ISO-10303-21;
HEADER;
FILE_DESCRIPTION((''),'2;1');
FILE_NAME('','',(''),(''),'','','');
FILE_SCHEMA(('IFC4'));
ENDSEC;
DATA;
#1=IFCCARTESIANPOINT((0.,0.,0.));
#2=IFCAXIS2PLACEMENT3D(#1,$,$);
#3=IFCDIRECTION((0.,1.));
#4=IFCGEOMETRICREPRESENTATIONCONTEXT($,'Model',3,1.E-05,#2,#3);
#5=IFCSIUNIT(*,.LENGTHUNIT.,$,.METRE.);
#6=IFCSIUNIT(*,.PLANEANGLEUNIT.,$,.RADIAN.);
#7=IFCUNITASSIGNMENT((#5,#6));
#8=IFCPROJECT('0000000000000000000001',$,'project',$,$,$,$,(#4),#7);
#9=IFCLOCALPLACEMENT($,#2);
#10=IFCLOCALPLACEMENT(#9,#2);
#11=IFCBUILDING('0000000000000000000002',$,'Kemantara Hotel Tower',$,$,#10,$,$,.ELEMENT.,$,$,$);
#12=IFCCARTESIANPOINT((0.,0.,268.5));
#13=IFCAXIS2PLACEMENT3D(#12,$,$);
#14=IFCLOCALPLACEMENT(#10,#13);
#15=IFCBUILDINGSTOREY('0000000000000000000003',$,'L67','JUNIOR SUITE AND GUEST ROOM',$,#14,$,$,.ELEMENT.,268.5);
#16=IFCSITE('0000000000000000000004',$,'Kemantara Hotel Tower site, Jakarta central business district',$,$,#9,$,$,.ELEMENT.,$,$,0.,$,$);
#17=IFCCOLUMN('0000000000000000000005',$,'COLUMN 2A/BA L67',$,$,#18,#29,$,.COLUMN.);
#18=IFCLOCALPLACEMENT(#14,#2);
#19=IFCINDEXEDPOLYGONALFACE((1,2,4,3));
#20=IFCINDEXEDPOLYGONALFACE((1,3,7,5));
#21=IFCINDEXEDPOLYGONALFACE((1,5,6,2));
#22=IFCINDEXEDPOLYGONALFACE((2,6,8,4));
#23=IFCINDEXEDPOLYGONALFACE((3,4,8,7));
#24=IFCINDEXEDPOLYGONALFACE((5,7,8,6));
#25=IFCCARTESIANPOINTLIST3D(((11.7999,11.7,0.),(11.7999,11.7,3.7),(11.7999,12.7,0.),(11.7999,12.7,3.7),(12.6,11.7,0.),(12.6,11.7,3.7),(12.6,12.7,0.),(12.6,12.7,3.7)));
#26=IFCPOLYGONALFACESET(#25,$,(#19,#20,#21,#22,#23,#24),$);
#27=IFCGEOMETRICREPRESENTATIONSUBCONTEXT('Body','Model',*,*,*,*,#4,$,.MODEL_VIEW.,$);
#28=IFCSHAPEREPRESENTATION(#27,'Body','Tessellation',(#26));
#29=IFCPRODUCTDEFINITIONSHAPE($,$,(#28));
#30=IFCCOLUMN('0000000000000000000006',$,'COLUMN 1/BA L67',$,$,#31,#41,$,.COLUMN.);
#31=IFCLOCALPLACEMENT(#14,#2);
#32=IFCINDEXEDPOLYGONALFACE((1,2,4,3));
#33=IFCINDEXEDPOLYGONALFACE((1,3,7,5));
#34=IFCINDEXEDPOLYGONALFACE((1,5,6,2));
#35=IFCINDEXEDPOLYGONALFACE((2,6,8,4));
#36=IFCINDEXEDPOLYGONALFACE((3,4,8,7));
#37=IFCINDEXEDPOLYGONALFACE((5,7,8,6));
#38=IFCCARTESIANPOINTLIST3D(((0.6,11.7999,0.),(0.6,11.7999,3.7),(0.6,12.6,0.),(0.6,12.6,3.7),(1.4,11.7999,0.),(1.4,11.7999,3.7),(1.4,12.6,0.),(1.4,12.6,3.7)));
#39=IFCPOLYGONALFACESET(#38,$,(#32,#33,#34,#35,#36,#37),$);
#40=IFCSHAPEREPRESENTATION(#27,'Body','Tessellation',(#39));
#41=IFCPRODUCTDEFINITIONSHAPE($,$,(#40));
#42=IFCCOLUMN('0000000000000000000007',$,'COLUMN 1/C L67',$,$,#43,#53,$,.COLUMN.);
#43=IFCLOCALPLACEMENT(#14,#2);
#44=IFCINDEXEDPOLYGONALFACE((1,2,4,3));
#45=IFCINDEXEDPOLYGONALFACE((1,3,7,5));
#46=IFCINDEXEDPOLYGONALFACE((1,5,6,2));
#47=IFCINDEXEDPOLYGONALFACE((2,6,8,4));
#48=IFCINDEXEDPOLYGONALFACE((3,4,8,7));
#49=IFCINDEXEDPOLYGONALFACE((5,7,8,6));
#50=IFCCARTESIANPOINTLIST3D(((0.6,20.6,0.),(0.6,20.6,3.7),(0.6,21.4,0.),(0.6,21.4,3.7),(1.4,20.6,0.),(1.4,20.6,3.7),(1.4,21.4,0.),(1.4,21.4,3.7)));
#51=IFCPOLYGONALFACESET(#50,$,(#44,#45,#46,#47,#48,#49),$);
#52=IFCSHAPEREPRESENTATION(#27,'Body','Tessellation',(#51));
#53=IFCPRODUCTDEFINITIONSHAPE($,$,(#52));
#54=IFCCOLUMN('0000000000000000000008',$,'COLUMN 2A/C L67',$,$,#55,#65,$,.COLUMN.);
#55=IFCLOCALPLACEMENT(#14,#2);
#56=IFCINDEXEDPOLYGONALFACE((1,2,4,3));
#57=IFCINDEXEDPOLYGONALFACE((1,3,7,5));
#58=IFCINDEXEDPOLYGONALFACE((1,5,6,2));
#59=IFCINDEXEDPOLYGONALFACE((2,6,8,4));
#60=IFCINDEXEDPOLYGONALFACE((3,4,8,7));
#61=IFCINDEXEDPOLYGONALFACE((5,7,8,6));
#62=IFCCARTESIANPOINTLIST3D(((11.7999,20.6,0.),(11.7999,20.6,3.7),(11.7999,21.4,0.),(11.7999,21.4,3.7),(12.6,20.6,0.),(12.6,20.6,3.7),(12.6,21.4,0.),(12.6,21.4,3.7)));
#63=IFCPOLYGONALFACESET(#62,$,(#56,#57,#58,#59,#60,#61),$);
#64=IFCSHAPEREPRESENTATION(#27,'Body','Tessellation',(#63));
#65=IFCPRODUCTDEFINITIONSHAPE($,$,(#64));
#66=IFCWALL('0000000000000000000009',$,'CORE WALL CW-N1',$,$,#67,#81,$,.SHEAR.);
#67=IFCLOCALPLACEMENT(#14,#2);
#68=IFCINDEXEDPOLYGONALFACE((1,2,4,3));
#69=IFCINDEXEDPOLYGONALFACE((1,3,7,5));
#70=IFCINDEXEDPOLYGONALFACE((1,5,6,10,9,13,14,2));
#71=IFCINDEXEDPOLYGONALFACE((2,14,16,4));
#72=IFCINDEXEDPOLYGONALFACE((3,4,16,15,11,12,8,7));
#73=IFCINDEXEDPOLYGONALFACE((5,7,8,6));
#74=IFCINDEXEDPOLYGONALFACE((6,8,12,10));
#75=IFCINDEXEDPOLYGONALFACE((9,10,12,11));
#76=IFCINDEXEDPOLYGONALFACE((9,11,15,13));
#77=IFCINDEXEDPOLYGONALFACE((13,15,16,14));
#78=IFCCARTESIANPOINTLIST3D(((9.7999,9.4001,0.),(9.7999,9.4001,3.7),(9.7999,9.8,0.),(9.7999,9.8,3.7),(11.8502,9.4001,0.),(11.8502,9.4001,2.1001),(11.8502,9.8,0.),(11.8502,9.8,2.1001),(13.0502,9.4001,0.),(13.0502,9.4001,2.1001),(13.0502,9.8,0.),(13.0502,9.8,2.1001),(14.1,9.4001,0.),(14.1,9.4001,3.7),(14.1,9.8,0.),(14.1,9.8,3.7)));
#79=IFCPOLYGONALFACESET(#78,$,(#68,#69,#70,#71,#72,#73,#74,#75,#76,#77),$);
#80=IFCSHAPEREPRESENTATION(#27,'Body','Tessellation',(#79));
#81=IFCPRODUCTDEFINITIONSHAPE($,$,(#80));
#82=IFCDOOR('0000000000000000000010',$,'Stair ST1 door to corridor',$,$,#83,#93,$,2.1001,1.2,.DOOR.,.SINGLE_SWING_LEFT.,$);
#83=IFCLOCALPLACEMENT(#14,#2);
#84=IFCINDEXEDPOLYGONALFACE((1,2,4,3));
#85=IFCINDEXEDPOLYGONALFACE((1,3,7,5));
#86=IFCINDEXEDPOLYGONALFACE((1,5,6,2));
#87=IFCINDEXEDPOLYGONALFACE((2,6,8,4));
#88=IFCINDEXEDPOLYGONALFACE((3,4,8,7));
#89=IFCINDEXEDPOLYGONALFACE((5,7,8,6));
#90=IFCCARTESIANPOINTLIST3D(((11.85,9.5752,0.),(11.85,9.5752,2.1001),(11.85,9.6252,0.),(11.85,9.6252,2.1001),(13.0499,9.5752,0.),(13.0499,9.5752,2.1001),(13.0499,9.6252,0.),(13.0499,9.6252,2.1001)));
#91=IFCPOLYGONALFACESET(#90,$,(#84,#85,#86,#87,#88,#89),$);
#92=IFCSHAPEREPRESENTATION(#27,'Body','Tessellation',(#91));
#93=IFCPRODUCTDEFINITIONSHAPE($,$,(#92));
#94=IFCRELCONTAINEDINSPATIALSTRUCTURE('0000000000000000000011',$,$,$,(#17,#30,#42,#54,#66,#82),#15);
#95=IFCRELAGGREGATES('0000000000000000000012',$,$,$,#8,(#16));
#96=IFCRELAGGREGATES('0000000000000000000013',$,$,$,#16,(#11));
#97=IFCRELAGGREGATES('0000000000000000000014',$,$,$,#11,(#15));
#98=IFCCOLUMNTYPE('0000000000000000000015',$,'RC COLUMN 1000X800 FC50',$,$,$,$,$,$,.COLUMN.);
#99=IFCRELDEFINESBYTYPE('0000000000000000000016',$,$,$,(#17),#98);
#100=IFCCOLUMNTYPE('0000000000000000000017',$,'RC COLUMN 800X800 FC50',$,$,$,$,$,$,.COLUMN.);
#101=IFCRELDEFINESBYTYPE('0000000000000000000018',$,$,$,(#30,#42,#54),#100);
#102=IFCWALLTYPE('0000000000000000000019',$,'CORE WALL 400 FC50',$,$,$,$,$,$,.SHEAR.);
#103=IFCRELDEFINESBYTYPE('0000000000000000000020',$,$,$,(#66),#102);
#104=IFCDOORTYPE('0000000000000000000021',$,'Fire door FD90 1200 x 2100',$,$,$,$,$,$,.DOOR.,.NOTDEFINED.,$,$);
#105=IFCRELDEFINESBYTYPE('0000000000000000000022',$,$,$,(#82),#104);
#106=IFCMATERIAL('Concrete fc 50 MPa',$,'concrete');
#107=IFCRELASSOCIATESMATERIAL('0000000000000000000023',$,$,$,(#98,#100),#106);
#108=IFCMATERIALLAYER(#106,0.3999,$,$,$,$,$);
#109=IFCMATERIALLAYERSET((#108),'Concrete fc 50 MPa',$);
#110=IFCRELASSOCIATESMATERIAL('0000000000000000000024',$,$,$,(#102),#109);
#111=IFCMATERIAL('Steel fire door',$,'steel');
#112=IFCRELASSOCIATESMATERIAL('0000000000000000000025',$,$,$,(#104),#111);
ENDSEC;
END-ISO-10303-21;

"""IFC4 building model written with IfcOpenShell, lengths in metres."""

from ifc_helpers import new_model, si_unit, direction, frame, frame_2d, origin, origin_2d, place, context, subcontext, project, spatial, rectangle, extrude, material, layer, layer_set, material_profile, profile_set, type_object, element, fill, save


model = new_model("IFC4")

# Units and contexts
model_context = context("Model", 3, precision=1e-05, world=origin(), true_north=direction((0.0, 1.0)))
body_context = subcontext(model_context, "Body", "Model", "MODEL_VIEW")
ifc_project = project(units=[si_unit("LENGTHUNIT", "METRE"), si_unit("PLANEANGLEUNIT", "RADIAN")], contexts=[model_context])

# Site, building, storey
site_placement = place(None, origin())
site = spatial("IfcSite", under=ifc_project, at=site_placement, Name="Kemantara Hotel Tower site, Jakarta central business district", CompositionType="ELEMENT", RefElevation=0.0)
building_placement = place(site_placement, origin())
building = spatial("IfcBuilding", under=site, at=building_placement, Name="Kemantara Hotel Tower", CompositionType="ELEMENT")
storey_placement = place(building_placement, frame((0.0, 0.0, 268.5)))
storey = spatial("IfcBuildingStorey", under=building, at=storey_placement, Name="L67", Description="JUNIOR SUITE AND GUEST ROOM", CompositionType="ELEMENT", Elevation=268.5)

# Columns
ifc_material_1 = material(Name="Concrete fc 50 MPa", Category="concrete")
ifc_material_profile_1 = material_profile(ifc_material_1, rectangle(XDim=1.0, YDim=0.8, at=origin_2d()), Name="RC 1000X800")
ifc_profile_set_1 = profile_set([ifc_material_profile_1], Name="Concrete fc 50 MPa")
column_type_1 = type_object("IfcColumnType", Name="RC COLUMN 1000X800 FC50", PredefinedType="COLUMN", material=ifc_profile_set_1)
column_placement = place(storey_placement, frame((12.2, 12.2, 0.0), z_axis=(0.0, 0.0, 1.0), x_axis=(0.0, 1.0, 0.0)))
element("IfcColumn", 1, at=column_placement, inside=storey, type_object=column_type_1, Name="COLUMN 2A/BA L67", PredefinedType="COLUMN", context=body_context, shape_type="SweptSolid", body=[
    extrude(rectangle(XDim=1.0, YDim=0.8, at=origin_2d()), origin(), (0.0, 0.0, 1.0), 3.7),
])
ifc_material_profile_2 = material_profile(ifc_material_1, rectangle(XDim=0.8, YDim=0.8, at=origin_2d()), Name="RC 800X800")
ifc_profile_set_2 = profile_set([ifc_material_profile_2], Name="Concrete fc 50 MPa")
column_type_2 = type_object("IfcColumnType", Name="RC COLUMN 800X800 FC50", PredefinedType="COLUMN", material=ifc_profile_set_2)
for number, where, z_axis, x_axis, name in (
    (2, (1.0, 12.2, 0.0), (0.0, 0.0, 1.0), (1.0, 0.0, 0.0), "COLUMN 1/BA L67"),
    (3, (1.0, 21.0, 0.0), (0.0, 0.0, 1.0), (1.0, 0.0, 0.0), "COLUMN 1/C L67"),
    (4, (12.2, 21.0, 0.0), (0.0, 0.0, 1.0), (1.0, 0.0, 0.0), "COLUMN 2A/C L67"),
):
    element("IfcColumn", number, at=place(storey_placement, frame(where, z_axis=z_axis, x_axis=x_axis)), inside=storey, type_object=column_type_2, Name=name, PredefinedType="COLUMN", context=body_context, shape_type="SweptSolid", body=[
        extrude(rectangle(XDim=0.8, YDim=0.8, at=origin_2d()), origin(), (0.0, 0.0, 1.0), 3.7),
    ])

# Wall, opening, door
ifc_layer_1 = layer(ifc_material_1, 0.3999)
ifc_layer_set_1 = layer_set([ifc_layer_1], Name="Concrete fc 50 MPa")
wall_type_1 = type_object("IfcWallType", Name="CORE WALL 400 FC50", PredefinedType="SHEAR", material=ifc_layer_set_1)
wall_1_placement = place(storey_placement, frame((9.8, 9.6001, 0.0), z_axis=(0.0, 0.0, 1.0), x_axis=(1.0, 0.0, 0.0)))
wall_1 = element("IfcWall", 5, at=wall_1_placement, inside=storey, type_object=wall_type_1, Name="CORE WALL CW-N1", PredefinedType="SHEAR", context=body_context, shape_type="SweptSolid", body=[
    extrude(rectangle(XDim=4.3, YDim=0.3999, at=frame_2d((2.1499, 0.0))), origin(), (0.0, 0.0, 1.0), 3.7),
])
opening_1_placement = place(wall_1_placement, frame((2.05, 0.0, 0.0)))
opening_1 = element("IfcOpeningElement", 6, at=opening_1_placement, cuts=wall_1, PredefinedType="OPENING", context=body_context, shape_type="SweptSolid", body=[
    extrude(rectangle(XDim=1.2, YDim=2.1001, at=frame_2d((0.6001, 1.05))), frame((0.0, 0.21, 0.0), z_axis=(0.0, -1.0, 0.0), x_axis=(1.0, 0.0, 0.0)), (0.0, 0.0, 1.0), 0.4199),
])
ifc_material_2 = material(Name="Steel fire door", Category="steel")
door_type_1 = type_object("IfcDoorType", Name="Fire door FD90 1200 x 2100", OperationType="NOTDEFINED", PredefinedType="DOOR", material=ifc_material_2)
door_1_placement = place(opening_1_placement, frame((1.2, 0.0, 0.0), z_axis=(0.0, 0.0, 1.0), x_axis=(-1.0, 0.0, 0.0)))
door_1 = element("IfcDoor", 7, at=door_1_placement, inside=storey, type_object=door_type_1, Name="Stair ST1 door to corridor", OperationType="SINGLE_SWING_LEFT", OverallHeight=2.1001, OverallWidth=1.2, PredefinedType="DOOR", context=body_context, shape_type="SweptSolid", body=[
    extrude(rectangle(XDim=1.2, YDim=2.1001, at=frame_2d((0.6001, 1.05))), frame((0.0, 0.0249, 0.0), z_axis=(0.0, -1.0, 0.0), x_axis=(1.0, 0.0, 0.0)), (0.0, 0.0, 1.0), 0.05),
])
fill(opening_1, door_1)

save(model, "model.ifc")
